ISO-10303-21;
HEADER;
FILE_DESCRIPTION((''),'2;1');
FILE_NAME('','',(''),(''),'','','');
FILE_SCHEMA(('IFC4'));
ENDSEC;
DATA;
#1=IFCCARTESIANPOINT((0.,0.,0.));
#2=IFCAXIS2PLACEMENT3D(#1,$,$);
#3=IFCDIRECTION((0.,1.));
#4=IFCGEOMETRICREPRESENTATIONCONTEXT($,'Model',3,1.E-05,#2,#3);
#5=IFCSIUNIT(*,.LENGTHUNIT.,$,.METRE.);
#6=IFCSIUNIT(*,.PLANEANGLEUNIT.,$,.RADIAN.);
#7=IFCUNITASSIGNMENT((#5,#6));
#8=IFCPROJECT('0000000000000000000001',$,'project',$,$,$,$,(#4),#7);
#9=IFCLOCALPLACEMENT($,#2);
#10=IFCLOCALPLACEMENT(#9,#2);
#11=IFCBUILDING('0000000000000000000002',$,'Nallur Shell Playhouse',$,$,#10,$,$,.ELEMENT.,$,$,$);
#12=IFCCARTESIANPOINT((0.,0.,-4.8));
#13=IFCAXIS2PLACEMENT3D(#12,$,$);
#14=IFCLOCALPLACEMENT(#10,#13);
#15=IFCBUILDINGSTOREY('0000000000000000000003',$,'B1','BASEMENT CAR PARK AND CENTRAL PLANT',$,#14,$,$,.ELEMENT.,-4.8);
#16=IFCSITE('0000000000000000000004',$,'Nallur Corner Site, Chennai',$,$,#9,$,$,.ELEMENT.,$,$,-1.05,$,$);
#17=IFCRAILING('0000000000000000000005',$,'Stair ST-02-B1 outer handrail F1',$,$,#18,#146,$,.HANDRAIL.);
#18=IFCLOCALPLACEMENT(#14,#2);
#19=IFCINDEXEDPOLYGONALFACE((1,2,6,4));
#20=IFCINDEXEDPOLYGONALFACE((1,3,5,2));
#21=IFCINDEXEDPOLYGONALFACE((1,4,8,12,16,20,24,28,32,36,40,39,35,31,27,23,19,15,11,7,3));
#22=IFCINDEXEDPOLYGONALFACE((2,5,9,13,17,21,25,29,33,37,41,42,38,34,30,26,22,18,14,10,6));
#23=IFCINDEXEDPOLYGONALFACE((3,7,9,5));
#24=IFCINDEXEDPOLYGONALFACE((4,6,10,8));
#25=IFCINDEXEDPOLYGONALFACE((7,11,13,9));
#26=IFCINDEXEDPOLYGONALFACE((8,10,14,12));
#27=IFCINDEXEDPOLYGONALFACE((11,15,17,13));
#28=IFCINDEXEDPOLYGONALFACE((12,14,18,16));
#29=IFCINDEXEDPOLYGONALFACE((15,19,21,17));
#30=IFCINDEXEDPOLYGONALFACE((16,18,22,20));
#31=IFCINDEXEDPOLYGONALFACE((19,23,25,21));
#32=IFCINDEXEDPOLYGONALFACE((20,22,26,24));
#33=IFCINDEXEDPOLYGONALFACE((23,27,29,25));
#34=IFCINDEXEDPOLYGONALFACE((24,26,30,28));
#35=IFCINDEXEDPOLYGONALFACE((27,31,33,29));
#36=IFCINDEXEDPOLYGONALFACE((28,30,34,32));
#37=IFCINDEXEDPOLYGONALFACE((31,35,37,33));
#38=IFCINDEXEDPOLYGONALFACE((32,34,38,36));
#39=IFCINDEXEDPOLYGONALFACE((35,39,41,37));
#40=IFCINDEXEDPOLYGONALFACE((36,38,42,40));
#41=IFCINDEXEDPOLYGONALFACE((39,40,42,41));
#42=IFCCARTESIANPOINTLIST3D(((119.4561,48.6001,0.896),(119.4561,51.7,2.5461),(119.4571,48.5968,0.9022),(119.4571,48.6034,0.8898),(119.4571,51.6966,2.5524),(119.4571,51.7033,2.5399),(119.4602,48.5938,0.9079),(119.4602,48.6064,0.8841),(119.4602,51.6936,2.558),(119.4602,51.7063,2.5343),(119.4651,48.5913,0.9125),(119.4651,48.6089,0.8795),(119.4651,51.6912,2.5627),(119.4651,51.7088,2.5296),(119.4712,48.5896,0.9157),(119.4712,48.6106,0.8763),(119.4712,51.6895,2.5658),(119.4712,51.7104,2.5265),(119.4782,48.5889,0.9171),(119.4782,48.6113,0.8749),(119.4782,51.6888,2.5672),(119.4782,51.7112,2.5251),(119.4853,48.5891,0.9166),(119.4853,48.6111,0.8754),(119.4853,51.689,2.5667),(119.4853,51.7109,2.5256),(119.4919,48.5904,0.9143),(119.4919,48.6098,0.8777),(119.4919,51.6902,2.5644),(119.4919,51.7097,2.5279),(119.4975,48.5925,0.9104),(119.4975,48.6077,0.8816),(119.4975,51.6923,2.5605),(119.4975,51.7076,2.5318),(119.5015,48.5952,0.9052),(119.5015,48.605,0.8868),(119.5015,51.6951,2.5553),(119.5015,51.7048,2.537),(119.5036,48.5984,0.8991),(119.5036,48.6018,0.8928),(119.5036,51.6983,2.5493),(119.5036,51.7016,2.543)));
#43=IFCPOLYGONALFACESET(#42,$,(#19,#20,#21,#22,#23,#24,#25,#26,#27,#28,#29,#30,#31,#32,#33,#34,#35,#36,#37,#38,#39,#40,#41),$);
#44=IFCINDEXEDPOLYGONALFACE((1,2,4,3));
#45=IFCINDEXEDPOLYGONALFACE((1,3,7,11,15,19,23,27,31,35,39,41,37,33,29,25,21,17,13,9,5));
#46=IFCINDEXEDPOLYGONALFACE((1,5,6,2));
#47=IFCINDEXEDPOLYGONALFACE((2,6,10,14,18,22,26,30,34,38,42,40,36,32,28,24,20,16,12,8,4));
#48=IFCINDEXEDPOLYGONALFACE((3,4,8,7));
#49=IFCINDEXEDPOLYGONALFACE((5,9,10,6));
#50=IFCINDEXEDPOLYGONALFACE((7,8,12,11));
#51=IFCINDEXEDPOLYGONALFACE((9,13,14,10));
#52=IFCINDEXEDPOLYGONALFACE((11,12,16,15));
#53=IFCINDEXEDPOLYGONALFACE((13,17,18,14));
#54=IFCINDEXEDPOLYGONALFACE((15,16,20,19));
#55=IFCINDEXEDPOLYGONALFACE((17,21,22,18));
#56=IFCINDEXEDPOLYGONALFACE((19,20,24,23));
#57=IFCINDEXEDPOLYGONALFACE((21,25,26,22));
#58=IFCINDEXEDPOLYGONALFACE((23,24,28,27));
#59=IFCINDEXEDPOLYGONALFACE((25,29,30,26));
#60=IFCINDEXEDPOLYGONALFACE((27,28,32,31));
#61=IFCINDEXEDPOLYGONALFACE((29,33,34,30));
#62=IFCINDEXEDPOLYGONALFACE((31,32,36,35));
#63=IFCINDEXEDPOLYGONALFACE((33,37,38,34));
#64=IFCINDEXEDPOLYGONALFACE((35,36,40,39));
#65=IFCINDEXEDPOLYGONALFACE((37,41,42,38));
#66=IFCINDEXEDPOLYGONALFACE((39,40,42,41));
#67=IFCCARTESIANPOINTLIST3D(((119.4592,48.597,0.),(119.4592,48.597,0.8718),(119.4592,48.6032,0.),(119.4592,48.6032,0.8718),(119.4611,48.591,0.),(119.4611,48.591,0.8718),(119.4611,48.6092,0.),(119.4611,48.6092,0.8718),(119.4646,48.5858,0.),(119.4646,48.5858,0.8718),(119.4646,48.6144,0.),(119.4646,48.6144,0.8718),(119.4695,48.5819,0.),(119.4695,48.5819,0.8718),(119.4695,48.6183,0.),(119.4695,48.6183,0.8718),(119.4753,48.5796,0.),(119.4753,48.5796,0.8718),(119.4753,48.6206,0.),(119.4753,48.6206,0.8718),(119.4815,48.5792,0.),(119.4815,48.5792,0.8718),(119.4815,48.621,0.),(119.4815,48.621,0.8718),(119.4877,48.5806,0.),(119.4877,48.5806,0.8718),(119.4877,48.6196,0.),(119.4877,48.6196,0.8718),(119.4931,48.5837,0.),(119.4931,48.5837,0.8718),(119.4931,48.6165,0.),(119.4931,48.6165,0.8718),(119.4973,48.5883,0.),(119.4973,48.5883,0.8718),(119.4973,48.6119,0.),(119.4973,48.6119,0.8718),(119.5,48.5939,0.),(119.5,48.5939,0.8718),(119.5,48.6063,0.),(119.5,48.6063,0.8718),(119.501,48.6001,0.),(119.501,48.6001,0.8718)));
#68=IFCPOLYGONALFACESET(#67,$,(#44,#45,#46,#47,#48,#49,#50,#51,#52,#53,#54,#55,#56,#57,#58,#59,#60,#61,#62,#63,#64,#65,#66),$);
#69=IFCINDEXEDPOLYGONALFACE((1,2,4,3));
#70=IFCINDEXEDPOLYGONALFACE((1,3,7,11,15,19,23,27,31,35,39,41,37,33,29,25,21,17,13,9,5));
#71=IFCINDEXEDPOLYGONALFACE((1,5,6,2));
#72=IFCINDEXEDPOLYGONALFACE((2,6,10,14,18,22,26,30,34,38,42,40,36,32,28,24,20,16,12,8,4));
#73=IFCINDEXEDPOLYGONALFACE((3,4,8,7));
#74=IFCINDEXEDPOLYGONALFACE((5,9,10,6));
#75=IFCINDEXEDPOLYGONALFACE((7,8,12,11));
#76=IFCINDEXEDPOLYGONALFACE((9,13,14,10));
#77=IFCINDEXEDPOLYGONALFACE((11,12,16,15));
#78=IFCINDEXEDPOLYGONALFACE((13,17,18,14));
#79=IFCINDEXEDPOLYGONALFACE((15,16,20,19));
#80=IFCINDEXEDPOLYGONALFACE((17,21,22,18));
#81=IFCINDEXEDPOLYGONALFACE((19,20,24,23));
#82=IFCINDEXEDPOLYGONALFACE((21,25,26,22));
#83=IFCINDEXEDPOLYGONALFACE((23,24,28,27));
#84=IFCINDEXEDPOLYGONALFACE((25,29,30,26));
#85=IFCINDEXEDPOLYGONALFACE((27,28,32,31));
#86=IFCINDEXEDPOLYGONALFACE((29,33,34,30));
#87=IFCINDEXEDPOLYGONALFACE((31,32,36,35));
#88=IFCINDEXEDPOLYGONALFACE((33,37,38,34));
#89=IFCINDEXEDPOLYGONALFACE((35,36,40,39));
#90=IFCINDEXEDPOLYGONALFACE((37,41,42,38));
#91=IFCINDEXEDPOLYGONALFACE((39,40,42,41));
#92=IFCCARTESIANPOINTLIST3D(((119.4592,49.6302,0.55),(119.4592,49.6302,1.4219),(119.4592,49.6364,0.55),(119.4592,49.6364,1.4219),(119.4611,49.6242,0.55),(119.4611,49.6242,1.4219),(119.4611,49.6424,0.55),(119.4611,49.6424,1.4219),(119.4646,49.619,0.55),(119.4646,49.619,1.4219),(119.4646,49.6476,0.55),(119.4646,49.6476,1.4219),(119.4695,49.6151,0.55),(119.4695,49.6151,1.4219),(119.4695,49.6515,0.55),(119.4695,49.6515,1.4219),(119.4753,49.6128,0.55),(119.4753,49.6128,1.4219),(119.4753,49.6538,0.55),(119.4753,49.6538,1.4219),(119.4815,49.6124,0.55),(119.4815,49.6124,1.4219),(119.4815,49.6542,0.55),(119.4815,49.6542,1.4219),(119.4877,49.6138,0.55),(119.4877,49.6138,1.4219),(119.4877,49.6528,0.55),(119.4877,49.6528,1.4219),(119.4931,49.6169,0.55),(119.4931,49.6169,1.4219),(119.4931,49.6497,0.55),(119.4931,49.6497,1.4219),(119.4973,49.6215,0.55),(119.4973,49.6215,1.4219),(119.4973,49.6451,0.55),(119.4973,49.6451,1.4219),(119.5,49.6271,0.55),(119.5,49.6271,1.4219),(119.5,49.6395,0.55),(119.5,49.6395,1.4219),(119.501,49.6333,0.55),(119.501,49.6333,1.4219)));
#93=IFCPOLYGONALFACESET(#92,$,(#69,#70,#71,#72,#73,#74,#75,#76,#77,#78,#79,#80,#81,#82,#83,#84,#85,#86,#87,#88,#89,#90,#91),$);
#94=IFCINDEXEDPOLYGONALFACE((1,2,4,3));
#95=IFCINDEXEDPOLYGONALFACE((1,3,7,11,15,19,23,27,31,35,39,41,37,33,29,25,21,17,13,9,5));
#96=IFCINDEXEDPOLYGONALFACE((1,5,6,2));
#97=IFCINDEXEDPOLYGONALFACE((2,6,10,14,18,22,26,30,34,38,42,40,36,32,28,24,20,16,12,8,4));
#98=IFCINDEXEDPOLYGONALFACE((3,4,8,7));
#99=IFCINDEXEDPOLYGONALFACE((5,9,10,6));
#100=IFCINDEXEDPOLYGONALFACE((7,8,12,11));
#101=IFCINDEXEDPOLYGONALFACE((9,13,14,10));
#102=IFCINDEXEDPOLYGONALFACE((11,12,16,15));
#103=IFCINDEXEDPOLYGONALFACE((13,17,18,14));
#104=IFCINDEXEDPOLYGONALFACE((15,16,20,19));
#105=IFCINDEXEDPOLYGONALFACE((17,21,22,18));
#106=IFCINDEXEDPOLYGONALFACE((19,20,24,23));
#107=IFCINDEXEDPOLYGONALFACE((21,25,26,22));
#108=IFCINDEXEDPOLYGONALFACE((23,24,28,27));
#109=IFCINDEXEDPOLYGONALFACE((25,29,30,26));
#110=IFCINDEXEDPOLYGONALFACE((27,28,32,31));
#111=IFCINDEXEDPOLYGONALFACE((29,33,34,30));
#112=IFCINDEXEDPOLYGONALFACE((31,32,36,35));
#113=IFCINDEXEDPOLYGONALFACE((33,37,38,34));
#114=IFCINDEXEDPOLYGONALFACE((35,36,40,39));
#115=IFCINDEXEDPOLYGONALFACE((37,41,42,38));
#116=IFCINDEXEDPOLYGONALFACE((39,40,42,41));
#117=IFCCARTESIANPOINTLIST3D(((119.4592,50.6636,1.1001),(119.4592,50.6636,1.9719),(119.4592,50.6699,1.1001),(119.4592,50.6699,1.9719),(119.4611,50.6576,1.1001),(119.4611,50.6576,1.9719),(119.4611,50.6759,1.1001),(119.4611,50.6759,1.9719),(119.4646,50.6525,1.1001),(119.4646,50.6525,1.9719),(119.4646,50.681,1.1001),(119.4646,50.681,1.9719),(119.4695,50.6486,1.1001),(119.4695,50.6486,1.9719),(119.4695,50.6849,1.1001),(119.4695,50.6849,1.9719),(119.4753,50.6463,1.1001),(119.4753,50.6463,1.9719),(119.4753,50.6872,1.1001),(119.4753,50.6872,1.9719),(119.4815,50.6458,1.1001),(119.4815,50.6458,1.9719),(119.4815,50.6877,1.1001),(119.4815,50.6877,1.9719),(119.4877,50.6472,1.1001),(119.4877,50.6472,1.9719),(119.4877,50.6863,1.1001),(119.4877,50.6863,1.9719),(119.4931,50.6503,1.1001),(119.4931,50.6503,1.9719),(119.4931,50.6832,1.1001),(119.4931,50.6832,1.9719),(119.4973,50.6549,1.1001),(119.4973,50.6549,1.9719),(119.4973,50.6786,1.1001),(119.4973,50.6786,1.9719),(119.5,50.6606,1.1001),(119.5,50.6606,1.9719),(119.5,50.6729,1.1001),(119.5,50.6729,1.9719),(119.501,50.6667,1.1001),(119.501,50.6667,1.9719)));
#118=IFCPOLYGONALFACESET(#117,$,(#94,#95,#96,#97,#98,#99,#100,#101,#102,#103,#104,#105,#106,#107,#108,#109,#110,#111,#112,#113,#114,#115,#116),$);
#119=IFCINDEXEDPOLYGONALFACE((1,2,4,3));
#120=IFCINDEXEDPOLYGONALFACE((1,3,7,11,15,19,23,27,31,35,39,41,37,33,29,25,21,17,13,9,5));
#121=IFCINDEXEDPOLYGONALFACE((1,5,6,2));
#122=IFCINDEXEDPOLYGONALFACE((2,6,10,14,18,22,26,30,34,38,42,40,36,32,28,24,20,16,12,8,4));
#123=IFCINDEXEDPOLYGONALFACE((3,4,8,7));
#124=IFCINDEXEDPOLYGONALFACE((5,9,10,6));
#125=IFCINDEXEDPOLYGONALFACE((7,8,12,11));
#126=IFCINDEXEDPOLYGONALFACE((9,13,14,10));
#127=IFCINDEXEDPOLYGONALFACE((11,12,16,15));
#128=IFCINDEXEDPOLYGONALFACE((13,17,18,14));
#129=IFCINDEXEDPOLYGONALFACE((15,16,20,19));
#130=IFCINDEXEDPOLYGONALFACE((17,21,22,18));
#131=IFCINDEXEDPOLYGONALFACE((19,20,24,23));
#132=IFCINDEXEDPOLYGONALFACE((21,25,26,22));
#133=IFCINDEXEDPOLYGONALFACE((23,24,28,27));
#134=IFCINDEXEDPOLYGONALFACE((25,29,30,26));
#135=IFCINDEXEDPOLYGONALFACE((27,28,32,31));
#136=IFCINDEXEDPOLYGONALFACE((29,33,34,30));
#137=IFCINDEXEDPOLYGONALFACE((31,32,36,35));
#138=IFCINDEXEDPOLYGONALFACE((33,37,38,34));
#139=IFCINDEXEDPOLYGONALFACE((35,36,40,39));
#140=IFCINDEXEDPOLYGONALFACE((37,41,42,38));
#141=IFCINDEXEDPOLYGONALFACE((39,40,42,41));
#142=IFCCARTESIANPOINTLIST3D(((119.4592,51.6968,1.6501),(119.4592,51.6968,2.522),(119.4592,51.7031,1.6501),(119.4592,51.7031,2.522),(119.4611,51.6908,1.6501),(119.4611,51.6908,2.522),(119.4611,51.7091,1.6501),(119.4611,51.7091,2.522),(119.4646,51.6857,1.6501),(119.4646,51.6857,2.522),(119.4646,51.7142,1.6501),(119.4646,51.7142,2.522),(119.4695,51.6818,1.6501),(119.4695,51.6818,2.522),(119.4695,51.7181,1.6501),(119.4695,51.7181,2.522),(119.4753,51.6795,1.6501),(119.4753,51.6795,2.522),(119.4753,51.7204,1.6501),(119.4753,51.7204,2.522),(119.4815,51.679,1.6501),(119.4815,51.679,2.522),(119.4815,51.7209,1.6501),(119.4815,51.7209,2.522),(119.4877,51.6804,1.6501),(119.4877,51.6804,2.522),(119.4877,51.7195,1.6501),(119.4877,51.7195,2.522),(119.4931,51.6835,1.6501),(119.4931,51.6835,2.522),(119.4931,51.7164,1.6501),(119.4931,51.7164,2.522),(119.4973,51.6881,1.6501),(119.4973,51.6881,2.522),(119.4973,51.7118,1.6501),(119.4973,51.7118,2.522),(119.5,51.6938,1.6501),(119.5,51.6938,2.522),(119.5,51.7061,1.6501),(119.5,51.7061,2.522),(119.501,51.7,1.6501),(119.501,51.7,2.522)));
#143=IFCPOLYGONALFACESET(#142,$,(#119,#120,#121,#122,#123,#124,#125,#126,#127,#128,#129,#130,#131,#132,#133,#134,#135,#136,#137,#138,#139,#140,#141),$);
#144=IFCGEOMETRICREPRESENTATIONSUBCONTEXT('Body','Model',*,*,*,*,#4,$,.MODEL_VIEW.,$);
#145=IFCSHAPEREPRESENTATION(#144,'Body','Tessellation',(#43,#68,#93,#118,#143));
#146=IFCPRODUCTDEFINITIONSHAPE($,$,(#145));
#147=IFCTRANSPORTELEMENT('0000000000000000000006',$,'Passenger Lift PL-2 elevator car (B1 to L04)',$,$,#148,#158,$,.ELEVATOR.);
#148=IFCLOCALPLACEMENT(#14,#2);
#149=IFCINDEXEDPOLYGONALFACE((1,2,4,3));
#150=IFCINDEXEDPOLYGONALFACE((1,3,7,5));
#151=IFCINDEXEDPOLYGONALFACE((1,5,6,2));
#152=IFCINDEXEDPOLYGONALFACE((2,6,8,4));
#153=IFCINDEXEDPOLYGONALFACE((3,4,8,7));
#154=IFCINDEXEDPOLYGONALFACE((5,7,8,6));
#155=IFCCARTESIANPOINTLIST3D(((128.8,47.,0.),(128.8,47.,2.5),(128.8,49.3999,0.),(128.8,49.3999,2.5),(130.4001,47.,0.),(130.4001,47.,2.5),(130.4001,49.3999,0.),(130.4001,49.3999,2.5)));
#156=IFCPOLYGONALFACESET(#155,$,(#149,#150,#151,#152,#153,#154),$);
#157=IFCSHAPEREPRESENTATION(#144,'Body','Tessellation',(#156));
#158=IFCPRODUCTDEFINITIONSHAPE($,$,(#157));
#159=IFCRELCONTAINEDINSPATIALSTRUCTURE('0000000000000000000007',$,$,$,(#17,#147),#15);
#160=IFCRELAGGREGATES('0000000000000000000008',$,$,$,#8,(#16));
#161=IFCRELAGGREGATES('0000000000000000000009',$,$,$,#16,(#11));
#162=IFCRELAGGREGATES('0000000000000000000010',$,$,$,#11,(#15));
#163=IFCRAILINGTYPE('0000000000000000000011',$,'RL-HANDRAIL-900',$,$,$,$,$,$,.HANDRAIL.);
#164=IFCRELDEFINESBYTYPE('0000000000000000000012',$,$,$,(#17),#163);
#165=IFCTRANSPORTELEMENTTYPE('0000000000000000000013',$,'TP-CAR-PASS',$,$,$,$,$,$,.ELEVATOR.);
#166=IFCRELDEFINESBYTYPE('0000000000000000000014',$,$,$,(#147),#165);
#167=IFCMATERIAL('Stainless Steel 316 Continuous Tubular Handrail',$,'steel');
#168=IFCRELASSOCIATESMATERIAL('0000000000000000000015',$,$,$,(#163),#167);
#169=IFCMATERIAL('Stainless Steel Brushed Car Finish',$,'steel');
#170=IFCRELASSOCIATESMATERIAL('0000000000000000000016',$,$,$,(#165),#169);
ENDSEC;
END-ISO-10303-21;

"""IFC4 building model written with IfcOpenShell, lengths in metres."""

from ifc_helpers import new_model, si_unit, direction, frame, origin, origin_2d, place, context, subcontext, project, spatial, rectangle, circle, extrude, material, type_object, element, save


model = new_model("IFC4")

# Units and contexts
model_context = context("Model", 3, precision=1e-05, world=origin(), true_north=direction((0.0, 1.0)))
body_context = subcontext(model_context, "Body", "Model", "MODEL_VIEW")
ifc_project = project(units=[si_unit("LENGTHUNIT", "METRE"), si_unit("PLANEANGLEUNIT", "RADIAN")], contexts=[model_context])

# Site, building, storey
site_placement = place(None, origin())
site = spatial("IfcSite", under=ifc_project, at=site_placement, Name="Nallur Corner Site, Chennai", CompositionType="ELEMENT", RefElevation=-1.05)
building_placement = place(site_placement, origin())
building = spatial("IfcBuilding", under=site, at=building_placement, Name="Nallur Shell Playhouse", CompositionType="ELEMENT")
storey_placement = place(building_placement, frame((0.0, 0.0, -4.8)))
storey = spatial("IfcBuildingStorey", under=building, at=storey_placement, Name="B1", Description="BASEMENT CAR PARK AND CENTRAL PLANT", CompositionType="ELEMENT", Elevation=-4.8)

# Railing
ifc_material_1 = material(Name="Stainless Steel 316 Continuous Tubular Handrail", Category="steel")
railing_type_1 = type_object("IfcRailingType", Name="RL-HANDRAIL-900", PredefinedType="HANDRAIL", material=ifc_material_1)
railing_1_placement = place(storey_placement, frame((119.48, 48.6001, 0.0)))
element("IfcRailing", 1, at=railing_1_placement, inside=storey, type_object=railing_type_1, Name="Stair ST-02-B1 outer handrail F1", PredefinedType="HANDRAIL", context=body_context, shape_type="SweptSolid", body=[
    extrude(circle(Radius=0.0239, at=origin_2d()), frame((0.0, 0.0, 0.896), z_axis=(0.0, 0.88272, 0.469899), x_axis=(-1.0, 0.0, 0.0)), (0.0, 0.0, 1.0), 3.5117),
    extrude(circle(Radius=0.021, at=origin_2d()), origin(), (0.0, 0.0, 1.0), 0.8718),
    extrude(circle(Radius=0.021, at=origin_2d()), frame((0.0, 1.0332, 0.55)), (0.0, 0.0, 1.0), 0.8718),
    extrude(circle(Radius=0.021, at=origin_2d()), frame((0.0, 2.0667, 1.1001)), (0.0, 0.0, 1.0), 0.8718),
    extrude(circle(Radius=0.021, at=origin_2d()), frame((0.0, 3.0999, 1.6501)), (0.0, 0.0, 1.0), 0.8718),
])

# Transport element
ifc_material_2 = material(Name="Stainless Steel Brushed Car Finish", Category="steel")
transport_element_type = type_object("IfcTransportElementType", Name="TP-CAR-PASS", PredefinedType="ELEVATOR", material=ifc_material_2)
transport_element_placement = place(storey_placement, frame((129.6001, 48.2, 0.0), z_axis=(0.0, 0.0, 1.0), x_axis=(1.0, 0.0, 0.0)))
element("IfcTransportElement", 2, at=transport_element_placement, inside=storey, type_object=transport_element_type, Name="Passenger Lift PL-2 elevator car (B1 to L04)", PredefinedType="ELEVATOR", context=body_context, shape_type="SweptSolid", body=[
    extrude(rectangle(XDim=1.6001, YDim=2.3999, at=origin_2d()), origin(), (0.0, 0.0, 1.0), 2.5),
])

save(model, "model.ifc")
